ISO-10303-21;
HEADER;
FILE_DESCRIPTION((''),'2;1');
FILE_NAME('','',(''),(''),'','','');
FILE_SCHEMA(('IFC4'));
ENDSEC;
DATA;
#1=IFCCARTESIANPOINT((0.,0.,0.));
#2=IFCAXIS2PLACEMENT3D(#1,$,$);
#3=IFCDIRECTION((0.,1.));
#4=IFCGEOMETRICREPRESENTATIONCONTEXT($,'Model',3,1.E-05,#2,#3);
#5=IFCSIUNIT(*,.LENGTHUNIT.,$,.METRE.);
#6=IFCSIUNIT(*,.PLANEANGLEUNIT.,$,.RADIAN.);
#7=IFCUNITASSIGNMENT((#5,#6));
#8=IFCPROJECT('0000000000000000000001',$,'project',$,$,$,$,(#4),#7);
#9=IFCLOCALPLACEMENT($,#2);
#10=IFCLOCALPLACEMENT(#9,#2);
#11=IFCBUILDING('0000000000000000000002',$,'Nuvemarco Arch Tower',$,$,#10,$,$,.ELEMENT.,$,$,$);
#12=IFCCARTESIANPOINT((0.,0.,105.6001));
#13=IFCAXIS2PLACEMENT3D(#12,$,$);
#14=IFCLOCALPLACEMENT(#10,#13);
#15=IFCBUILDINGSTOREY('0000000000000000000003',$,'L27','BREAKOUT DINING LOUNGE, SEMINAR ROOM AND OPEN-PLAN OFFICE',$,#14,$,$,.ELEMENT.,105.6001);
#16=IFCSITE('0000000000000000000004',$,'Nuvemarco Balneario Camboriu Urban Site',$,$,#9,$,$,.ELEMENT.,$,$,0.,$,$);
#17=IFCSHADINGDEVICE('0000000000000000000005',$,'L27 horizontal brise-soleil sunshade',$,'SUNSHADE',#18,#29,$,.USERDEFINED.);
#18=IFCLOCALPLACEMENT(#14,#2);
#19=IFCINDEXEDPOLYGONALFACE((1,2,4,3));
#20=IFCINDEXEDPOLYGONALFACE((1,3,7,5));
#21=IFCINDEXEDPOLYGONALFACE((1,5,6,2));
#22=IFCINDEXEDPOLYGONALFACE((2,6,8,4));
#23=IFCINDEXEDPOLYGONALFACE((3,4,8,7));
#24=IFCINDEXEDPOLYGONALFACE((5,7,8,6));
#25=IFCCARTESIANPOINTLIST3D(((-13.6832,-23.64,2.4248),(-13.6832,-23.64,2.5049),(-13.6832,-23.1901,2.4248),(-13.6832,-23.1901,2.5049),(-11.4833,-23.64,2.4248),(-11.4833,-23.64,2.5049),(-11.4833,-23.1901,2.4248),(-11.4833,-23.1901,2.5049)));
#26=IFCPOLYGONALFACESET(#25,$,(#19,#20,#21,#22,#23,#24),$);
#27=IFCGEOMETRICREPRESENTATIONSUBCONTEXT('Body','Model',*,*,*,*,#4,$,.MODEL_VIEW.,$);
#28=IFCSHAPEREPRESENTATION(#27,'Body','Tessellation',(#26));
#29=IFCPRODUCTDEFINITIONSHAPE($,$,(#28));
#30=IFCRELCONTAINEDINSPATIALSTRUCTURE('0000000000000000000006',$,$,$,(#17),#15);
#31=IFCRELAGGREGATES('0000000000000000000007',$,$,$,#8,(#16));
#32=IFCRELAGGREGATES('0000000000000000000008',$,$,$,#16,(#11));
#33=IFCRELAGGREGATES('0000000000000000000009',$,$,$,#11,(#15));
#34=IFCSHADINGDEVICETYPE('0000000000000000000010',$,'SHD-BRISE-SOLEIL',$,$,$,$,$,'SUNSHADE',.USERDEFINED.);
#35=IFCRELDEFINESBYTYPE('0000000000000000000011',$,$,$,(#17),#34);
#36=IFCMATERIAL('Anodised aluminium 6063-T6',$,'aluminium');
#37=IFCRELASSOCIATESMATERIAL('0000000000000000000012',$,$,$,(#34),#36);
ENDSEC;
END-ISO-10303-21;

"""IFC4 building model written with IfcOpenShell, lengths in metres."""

from ifc_helpers import new_model, si_unit, direction, frame, origin, origin_2d, place, context, subcontext, project, spatial, rectangle, extrude, source, transform, mapped, material, type_object, type_shapes, element, save


model = new_model("IFC4")

# Units and contexts
model_context = context("Model", 3, precision=1e-05, world=origin(), true_north=direction((0.0, 1.0)))
body_context = subcontext(model_context, "Body", "Model", "MODEL_VIEW")
ifc_project = project(units=[si_unit("LENGTHUNIT", "METRE"), si_unit("PLANEANGLEUNIT", "RADIAN")], contexts=[model_context])

# Site, building, storey
site_placement = place(None, origin())
site = spatial("IfcSite", under=ifc_project, at=site_placement, Name="Nuvemarco Balneario Camboriu Urban Site", CompositionType="ELEMENT", RefElevation=0.0)
building_placement = place(site_placement, origin())
building = spatial("IfcBuilding", under=site, at=building_placement, Name="Nuvemarco Arch Tower", CompositionType="ELEMENT")
storey_placement = place(building_placement, frame((0.0, 0.0, 105.6001)))
storey = spatial("IfcBuildingStorey", under=building, at=storey_placement, Name="L27", Description="BREAKOUT DINING LOUNGE, SEMINAR ROOM AND OPEN-PLAN OFFICE", CompositionType="ELEMENT", Elevation=105.6001)

# Shading device
ifc_material_1 = material(Name="Anodised aluminium 6063-T6", Category="aluminium")
shading_device_type = type_object("IfcShadingDeviceType", Name="SHD-BRISE-SOLEIL", ElementType="SUNSHADE", PredefinedType="USERDEFINED", material=ifc_material_1)
shared_shape_1 = source(origin(), body_context, "Body", "SweptSolid", [
    extrude(rectangle(XDim=2.2, YDim=0.45, at=origin_2d()), origin(), (0.0, 0.0, 1.0), 0.0801),
])
type_shapes(shading_device_type, [shared_shape_1])
shading_device_placement = place(storey_placement, frame((-12.5833, -23.415, 2.4248), z_axis=(0.0, 0.0, 1.0), x_axis=(1.0, 0.0, 0.0)))
element("IfcShadingDevice", 1, at=shading_device_placement, inside=storey, type_object=shading_device_type, Name="L27 horizontal brise-soleil sunshade", ObjectType="SUNSHADE", PredefinedType="USERDEFINED", context=body_context, shape_type="MappedRepresentation", body=[
    mapped(shared_shape_1, transform((0.0, 0.0, 0.0), scale=1.0)),
])

save(model, "model.ifc")
